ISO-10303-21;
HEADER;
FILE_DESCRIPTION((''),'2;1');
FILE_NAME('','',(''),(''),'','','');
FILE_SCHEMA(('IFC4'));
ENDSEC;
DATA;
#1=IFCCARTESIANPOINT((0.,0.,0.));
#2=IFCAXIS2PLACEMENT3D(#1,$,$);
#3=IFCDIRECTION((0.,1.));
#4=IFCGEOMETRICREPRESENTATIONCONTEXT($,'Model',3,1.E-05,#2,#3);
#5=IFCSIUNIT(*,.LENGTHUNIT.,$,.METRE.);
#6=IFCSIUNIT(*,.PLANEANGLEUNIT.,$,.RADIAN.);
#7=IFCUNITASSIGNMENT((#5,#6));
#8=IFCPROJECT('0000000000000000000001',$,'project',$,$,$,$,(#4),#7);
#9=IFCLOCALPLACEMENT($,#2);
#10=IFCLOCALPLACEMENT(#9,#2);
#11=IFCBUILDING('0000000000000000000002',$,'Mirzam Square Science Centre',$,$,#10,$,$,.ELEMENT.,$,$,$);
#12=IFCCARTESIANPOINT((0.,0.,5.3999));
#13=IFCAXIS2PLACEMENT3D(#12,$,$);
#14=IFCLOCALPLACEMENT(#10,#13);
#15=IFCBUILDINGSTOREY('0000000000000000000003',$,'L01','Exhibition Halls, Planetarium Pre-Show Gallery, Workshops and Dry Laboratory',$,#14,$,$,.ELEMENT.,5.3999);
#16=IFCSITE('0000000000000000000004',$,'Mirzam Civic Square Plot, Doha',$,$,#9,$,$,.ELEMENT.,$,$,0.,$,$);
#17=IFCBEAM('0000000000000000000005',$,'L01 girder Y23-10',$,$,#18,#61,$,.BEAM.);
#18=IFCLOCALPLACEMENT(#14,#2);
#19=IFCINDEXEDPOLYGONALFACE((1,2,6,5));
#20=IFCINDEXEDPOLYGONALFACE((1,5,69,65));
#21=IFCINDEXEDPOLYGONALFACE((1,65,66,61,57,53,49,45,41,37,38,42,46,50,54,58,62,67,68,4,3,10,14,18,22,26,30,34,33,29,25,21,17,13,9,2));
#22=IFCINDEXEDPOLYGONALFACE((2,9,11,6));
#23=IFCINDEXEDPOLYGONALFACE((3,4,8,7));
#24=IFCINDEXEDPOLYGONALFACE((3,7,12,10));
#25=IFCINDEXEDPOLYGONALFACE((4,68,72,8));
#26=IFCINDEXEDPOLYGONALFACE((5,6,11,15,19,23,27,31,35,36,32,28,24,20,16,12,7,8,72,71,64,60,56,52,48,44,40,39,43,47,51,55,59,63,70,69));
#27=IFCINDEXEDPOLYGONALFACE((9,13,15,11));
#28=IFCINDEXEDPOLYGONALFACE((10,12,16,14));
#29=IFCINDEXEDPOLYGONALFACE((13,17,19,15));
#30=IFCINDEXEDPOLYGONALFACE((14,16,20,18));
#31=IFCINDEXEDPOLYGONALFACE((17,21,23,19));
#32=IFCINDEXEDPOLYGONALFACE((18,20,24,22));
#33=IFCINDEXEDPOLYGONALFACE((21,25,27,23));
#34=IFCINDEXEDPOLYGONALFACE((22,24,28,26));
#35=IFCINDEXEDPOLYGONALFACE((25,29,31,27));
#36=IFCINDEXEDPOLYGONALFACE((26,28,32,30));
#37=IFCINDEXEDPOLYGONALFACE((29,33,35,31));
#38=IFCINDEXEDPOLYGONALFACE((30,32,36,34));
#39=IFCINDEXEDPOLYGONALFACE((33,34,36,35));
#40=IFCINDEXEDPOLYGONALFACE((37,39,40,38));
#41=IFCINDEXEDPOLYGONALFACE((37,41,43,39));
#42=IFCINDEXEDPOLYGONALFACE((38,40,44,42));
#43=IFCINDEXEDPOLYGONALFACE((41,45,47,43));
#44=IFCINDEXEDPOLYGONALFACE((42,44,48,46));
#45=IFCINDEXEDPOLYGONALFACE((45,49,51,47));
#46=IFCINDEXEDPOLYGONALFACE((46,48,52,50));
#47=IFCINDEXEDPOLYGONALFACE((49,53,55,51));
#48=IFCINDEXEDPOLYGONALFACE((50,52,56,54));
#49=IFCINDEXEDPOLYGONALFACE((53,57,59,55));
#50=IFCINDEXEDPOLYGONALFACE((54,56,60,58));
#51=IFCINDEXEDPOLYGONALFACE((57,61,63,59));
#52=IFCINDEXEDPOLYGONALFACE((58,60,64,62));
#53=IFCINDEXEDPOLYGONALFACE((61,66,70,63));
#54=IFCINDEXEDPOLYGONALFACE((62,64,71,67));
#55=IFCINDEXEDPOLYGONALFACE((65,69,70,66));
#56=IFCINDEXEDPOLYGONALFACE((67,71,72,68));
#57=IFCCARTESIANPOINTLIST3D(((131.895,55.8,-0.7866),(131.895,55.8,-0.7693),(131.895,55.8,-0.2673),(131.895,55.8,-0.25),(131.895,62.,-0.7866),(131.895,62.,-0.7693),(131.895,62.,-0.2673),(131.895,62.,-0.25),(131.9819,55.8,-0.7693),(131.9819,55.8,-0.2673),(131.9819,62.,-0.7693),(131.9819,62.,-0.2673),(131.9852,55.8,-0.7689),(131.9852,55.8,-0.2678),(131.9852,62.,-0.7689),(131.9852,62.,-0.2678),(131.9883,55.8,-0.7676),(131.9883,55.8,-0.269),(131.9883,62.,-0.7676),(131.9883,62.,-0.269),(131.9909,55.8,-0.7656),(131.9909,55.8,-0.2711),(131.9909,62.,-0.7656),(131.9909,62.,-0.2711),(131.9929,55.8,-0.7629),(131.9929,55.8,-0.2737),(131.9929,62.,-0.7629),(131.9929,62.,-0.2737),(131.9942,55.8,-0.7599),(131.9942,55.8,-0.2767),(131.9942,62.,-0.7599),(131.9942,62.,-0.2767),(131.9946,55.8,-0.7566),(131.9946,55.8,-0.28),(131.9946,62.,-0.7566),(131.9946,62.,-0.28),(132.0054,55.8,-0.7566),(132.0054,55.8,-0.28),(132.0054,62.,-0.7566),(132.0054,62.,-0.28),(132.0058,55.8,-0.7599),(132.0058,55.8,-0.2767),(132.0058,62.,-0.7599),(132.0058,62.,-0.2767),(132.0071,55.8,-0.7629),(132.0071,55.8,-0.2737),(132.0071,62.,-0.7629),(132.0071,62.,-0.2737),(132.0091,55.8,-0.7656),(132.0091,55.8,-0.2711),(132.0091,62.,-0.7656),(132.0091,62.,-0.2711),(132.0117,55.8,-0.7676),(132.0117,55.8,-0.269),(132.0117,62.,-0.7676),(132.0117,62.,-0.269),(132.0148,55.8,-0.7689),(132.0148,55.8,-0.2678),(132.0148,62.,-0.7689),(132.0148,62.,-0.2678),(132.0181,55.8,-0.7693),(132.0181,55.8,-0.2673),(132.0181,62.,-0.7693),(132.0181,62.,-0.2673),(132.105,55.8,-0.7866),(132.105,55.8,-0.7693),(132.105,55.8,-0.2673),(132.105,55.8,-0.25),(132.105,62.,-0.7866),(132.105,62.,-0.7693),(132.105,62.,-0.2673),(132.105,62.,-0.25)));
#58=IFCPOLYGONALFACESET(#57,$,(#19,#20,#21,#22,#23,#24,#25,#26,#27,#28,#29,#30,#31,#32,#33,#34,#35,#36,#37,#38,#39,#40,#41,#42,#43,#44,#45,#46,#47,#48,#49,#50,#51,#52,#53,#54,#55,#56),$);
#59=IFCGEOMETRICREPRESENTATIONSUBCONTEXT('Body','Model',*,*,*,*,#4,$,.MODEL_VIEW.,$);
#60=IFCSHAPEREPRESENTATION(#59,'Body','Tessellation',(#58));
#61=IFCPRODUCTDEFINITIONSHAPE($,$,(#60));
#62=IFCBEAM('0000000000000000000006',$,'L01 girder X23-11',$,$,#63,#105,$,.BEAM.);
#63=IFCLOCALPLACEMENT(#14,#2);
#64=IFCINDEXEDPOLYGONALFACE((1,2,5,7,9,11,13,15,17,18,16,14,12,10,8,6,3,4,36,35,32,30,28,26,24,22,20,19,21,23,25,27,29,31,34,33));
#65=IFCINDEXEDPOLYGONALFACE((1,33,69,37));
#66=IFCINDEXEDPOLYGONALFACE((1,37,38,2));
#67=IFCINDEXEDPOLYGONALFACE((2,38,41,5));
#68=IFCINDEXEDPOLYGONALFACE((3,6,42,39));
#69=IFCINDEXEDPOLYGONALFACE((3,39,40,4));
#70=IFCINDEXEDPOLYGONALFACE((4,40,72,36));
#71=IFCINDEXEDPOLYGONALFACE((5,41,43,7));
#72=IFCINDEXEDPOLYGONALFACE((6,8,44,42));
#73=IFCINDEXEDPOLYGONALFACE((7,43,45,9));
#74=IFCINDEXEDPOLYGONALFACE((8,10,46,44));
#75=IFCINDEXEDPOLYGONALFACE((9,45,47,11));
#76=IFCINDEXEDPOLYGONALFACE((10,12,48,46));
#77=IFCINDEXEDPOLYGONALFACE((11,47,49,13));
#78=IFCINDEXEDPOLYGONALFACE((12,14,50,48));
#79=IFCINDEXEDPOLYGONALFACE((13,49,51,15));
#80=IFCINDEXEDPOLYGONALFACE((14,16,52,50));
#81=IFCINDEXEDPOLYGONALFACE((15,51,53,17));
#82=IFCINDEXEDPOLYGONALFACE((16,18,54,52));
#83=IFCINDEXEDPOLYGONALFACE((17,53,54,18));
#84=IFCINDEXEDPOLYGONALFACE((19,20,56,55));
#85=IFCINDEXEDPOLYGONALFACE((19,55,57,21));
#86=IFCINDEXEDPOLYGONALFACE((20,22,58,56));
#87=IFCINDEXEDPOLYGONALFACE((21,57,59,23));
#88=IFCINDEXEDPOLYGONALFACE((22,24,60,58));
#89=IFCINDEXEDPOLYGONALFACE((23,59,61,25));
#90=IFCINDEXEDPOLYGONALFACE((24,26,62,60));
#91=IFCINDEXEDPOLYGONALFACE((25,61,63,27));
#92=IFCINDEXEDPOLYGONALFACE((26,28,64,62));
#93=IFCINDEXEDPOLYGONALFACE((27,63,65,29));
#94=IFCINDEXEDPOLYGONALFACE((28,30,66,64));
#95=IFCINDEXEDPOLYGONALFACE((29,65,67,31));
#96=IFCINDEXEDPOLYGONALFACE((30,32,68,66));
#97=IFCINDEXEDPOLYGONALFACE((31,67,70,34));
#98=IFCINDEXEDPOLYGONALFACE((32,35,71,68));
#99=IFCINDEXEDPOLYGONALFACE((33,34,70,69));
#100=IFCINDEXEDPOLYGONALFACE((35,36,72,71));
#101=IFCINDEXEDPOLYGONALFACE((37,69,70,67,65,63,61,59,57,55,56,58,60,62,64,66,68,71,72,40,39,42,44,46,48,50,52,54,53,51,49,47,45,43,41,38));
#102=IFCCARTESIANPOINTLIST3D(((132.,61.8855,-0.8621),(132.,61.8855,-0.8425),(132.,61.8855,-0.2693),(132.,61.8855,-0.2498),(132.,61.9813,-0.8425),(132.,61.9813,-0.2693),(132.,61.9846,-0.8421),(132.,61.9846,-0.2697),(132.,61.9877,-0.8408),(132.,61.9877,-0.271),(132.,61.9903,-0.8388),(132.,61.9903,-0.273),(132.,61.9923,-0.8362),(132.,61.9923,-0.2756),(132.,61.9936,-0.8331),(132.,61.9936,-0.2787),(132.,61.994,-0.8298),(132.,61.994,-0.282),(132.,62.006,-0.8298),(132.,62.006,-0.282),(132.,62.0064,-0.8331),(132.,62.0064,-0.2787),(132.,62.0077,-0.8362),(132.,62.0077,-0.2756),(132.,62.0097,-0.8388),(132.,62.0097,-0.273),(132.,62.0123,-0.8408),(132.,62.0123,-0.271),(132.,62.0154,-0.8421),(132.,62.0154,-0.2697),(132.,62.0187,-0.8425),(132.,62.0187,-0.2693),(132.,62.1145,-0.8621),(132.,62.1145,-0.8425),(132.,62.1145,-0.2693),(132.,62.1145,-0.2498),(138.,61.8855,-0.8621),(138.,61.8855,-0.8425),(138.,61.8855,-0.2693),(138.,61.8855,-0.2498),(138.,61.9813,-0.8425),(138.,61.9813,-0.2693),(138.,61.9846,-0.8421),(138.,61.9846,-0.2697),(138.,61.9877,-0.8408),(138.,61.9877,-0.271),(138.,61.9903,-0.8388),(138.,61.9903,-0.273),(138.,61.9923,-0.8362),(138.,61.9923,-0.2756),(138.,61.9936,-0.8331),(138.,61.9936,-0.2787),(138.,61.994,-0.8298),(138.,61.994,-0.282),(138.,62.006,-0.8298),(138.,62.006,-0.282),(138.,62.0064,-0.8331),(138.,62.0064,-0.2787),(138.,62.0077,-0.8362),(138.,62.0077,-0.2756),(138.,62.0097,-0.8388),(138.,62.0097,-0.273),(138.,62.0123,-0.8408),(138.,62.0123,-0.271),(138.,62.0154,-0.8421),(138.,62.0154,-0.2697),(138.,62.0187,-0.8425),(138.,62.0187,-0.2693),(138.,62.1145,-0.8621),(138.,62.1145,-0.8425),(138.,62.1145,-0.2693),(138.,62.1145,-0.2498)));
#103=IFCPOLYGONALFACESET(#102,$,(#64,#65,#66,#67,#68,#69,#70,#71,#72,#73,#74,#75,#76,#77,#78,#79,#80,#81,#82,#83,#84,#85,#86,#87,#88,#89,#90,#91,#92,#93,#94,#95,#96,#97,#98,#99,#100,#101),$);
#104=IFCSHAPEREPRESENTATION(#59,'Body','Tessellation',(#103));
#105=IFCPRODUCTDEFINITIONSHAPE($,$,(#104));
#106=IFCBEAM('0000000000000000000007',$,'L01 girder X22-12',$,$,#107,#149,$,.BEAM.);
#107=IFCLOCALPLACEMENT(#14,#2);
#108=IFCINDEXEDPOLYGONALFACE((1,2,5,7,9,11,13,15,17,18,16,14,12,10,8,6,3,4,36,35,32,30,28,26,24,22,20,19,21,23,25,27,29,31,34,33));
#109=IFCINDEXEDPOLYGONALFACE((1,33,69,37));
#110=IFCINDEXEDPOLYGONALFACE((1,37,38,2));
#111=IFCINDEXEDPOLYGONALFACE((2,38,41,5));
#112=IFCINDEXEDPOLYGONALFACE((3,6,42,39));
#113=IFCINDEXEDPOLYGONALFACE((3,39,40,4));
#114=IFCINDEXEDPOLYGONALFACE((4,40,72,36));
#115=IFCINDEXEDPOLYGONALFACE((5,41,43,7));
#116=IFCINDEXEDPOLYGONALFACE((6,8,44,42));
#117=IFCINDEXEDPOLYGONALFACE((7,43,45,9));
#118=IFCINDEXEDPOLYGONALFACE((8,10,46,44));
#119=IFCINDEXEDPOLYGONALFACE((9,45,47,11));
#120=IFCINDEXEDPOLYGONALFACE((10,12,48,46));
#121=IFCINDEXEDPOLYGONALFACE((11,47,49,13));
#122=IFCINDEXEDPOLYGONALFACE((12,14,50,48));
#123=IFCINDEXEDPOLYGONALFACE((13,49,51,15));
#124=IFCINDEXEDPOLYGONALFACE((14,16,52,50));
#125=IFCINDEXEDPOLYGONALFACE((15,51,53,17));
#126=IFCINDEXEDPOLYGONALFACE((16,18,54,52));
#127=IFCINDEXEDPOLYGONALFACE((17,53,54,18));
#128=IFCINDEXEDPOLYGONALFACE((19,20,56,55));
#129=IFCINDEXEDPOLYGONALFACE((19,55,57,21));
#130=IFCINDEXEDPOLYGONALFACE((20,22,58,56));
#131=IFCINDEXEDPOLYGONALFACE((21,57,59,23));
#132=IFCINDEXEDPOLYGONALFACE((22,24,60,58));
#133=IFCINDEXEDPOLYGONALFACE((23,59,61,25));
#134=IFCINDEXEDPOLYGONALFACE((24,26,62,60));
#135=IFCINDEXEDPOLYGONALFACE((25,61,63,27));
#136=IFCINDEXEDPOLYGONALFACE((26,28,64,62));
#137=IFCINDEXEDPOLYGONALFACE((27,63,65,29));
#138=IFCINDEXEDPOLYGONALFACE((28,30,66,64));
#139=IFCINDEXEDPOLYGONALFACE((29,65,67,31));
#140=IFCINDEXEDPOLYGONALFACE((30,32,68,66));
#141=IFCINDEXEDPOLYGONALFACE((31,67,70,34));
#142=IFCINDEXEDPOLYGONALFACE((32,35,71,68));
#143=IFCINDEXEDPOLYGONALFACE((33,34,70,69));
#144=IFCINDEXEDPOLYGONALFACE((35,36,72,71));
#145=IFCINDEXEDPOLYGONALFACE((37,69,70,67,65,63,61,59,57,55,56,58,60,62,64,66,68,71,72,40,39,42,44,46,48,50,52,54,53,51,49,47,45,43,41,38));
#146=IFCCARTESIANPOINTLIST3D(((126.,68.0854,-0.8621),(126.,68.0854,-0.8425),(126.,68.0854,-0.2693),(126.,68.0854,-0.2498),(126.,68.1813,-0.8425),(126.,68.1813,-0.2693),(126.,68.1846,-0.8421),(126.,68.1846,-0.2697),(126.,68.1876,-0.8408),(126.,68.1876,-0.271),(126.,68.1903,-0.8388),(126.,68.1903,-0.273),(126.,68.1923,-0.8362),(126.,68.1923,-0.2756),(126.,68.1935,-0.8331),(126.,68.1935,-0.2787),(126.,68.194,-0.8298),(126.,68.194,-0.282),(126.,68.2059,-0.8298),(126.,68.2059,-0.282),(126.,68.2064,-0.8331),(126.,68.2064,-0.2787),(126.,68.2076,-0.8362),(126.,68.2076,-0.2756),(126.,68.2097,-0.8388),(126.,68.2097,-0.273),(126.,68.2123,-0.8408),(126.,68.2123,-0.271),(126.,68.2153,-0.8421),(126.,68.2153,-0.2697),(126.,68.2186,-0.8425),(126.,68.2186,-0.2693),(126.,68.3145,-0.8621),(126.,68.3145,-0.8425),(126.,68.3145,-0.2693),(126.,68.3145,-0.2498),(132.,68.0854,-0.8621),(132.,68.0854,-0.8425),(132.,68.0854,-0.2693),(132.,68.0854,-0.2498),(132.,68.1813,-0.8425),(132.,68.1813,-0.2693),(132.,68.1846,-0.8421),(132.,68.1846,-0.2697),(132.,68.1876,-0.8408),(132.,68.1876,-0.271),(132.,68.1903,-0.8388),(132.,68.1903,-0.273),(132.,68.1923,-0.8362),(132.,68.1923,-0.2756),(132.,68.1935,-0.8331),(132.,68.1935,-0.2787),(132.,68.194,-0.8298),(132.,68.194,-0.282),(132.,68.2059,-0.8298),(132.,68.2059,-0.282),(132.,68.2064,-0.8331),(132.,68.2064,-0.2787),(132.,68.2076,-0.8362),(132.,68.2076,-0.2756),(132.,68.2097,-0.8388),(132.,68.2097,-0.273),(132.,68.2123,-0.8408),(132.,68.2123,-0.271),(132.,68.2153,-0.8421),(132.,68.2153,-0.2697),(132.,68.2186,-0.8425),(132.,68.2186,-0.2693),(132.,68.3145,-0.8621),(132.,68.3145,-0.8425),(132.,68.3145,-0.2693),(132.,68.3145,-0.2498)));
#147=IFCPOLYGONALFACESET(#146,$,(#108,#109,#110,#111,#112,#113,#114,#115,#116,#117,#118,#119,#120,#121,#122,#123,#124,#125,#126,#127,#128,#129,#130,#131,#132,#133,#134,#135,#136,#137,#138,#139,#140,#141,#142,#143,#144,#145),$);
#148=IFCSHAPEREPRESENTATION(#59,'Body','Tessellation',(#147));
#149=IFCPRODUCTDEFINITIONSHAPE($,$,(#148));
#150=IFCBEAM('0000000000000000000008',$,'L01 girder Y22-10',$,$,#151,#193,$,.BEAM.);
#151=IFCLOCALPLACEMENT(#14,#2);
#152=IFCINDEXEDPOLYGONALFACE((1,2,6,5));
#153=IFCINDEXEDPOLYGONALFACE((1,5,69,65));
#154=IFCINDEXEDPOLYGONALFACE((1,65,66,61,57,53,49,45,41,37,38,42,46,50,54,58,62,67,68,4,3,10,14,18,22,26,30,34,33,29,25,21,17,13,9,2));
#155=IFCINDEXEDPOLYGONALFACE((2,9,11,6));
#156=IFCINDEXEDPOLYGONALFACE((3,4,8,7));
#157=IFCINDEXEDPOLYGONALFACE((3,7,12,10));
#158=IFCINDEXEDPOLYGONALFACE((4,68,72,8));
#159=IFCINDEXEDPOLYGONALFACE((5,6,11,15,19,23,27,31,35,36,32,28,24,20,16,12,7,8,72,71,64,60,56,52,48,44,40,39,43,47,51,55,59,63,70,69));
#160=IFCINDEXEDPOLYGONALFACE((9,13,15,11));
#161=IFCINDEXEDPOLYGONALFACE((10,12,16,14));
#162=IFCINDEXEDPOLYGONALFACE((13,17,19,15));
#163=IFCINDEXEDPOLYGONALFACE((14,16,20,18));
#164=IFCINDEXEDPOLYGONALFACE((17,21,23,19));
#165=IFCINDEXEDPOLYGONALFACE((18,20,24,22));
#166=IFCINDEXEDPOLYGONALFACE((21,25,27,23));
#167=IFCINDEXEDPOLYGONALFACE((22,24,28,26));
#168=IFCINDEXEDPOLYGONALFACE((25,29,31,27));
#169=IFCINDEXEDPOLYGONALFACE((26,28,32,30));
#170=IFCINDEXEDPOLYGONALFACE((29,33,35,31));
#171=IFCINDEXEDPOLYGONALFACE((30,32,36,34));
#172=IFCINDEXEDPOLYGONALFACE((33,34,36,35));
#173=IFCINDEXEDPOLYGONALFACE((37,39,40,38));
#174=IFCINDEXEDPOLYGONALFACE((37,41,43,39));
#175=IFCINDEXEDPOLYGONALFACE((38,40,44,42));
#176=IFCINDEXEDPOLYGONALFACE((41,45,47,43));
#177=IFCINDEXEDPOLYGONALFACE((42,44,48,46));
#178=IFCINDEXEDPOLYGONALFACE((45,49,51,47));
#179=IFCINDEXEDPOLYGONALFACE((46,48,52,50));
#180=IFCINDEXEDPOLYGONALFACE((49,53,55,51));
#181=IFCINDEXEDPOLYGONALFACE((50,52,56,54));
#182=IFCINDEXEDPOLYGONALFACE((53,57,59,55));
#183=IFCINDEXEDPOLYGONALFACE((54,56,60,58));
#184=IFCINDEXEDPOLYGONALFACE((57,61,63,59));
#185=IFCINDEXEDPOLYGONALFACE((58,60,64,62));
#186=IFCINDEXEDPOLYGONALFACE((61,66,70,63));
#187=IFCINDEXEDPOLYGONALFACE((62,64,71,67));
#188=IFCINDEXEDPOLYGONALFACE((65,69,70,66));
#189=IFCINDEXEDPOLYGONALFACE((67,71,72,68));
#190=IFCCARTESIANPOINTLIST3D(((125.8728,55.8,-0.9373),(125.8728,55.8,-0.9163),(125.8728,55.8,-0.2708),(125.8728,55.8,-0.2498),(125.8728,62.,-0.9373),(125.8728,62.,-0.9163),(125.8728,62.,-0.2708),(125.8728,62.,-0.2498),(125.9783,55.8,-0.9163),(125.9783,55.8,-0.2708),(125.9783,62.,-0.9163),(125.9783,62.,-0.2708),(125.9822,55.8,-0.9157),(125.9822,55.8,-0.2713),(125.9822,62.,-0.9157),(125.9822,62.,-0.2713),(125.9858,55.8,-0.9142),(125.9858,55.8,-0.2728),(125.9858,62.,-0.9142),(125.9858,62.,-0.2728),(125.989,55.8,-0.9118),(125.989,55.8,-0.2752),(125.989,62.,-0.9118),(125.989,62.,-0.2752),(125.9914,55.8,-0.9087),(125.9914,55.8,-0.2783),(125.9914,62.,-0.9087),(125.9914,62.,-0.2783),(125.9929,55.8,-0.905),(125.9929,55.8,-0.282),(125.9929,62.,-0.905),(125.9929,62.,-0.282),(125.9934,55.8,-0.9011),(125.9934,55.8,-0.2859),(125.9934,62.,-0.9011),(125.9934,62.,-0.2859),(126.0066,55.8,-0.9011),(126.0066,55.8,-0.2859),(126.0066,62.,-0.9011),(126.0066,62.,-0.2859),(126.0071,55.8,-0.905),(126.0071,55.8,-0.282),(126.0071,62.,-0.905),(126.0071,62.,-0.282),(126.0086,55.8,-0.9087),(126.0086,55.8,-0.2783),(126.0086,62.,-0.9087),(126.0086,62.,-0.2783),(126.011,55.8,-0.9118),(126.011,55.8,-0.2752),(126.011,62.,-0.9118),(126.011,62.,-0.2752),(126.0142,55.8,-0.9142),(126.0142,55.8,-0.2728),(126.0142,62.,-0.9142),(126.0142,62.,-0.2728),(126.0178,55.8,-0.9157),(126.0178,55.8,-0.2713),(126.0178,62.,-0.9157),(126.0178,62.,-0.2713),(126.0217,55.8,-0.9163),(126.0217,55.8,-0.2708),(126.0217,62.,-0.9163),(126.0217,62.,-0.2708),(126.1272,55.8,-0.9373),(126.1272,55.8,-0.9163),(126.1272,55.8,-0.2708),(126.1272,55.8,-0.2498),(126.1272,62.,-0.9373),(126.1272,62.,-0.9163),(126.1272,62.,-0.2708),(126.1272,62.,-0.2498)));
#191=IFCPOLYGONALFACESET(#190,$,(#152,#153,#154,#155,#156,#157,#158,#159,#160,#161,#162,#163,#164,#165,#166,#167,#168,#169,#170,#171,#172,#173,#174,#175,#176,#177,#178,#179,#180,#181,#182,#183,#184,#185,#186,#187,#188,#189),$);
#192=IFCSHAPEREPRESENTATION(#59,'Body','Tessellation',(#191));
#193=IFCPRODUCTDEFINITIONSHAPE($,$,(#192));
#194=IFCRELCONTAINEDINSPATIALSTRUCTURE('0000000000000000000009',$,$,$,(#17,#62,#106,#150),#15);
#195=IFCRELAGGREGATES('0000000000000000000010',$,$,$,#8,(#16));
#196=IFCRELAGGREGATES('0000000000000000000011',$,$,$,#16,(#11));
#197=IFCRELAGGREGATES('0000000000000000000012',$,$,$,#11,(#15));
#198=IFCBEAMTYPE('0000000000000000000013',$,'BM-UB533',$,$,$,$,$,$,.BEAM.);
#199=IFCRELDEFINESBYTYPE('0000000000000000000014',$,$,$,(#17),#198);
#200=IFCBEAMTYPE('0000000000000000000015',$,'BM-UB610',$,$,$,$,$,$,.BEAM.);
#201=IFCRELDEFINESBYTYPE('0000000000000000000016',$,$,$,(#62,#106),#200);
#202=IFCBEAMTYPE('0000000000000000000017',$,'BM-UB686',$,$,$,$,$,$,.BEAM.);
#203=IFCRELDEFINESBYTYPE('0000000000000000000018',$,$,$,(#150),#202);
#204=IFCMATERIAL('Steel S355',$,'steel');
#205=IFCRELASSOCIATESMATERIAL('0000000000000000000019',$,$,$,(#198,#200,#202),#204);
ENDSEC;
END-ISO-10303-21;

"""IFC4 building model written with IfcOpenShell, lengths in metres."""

from ifc_helpers import new_model, si_unit, direction, frame, origin, origin_2d, place, context, subcontext, project, spatial, i_section, extrude, material, material_profile, profile_set, type_object, element, save


model = new_model("IFC4")

# Units and contexts
model_context = context("Model", 3, precision=1e-05, world=origin(), true_north=direction((0.0, 1.0)))
body_context = subcontext(model_context, "Body", "Model", "MODEL_VIEW")
ifc_project = project(units=[si_unit("LENGTHUNIT", "METRE"), si_unit("PLANEANGLEUNIT", "RADIAN")], contexts=[model_context])

# Site, building, storey
site_placement = place(None, origin())
site = spatial("IfcSite", under=ifc_project, at=site_placement, Name="Mirzam Civic Square Plot, Doha", CompositionType="ELEMENT", RefElevation=0.0)
building_placement = place(site_placement, origin())
building = spatial("IfcBuilding", under=site, at=building_placement, Name="Mirzam Square Science Centre", CompositionType="ELEMENT")
storey_placement = place(building_placement, frame((0.0, 0.0, 5.3999)))
storey = spatial("IfcBuildingStorey", under=building, at=storey_placement, Name="L01", Description="Exhibition Halls, Planetarium Pre-Show Gallery, Workshops and Dry Laboratory", CompositionType="ELEMENT", Elevation=5.3999)

# Shared definitions
ifc_material_1 = material(Name="Steel S355", Category="steel")

# Beams
ifc_material_profile_1 = material_profile(ifc_material_1, i_section(OverallWidth=0.21, OverallDepth=0.5366, WebThickness=0.0107, FlangeThickness=0.0173, FilletRadius=0.0127, at=origin_2d()), Name="533x210x101UB")
ifc_profile_set_1 = profile_set([ifc_material_profile_1], Name="Steel S355")
beam_type_1 = type_object("IfcBeamType", Name="BM-UB533", PredefinedType="BEAM", material=ifc_profile_set_1)
for number, where, z_axis, x_axis, name in (
    (1, (132.0, 55.8, -0.5183), (0.0, 1.0, 0.0), (-1.0, 0.0, 0.0), "L01 girder Y23-10"),
):
    element("IfcBeam", number, at=place(storey_placement, frame(where, z_axis=z_axis, x_axis=x_axis)), inside=storey, type_object=beam_type_1, Name=name, PredefinedType="BEAM", context=body_context, shape_type="SweptSolid", body=[
        extrude(i_section(OverallWidth=0.21, OverallDepth=0.5366, WebThickness=0.0107, FlangeThickness=0.0173, FilletRadius=0.0127, at=origin_2d()), origin(), (0.0, 0.0, 1.0), 6.2),
    ])
ifc_material_profile_2 = material_profile(ifc_material_1, i_section(OverallWidth=0.229, OverallDepth=0.6123, WebThickness=0.012, FlangeThickness=0.0195, FilletRadius=0.0127, at=origin_2d()), Name="610x229x125UB")
ifc_profile_set_2 = profile_set([ifc_material_profile_2], Name="Steel S355")
beam_type_2 = type_object("IfcBeamType", Name="BM-UB610", PredefinedType="BEAM", material=ifc_profile_set_2)
for number, where, z_axis, x_axis, name in (
    (2, (132.0, 62.0, -0.5559), (1.0, 0.0, 0.0), (0.0, 1.0, 0.0), "L01 girder X23-11"),
    (3, (126.0, 68.2, -0.5559), (1.0, 0.0, 0.0), (0.0, 1.0, 0.0), "L01 girder X22-12"),
):
    element("IfcBeam", number, at=place(storey_placement, frame(where, z_axis=z_axis, x_axis=x_axis)), inside=storey, type_object=beam_type_2, Name=name, PredefinedType="BEAM", context=body_context, shape_type="SweptSolid", body=[
        extrude(i_section(OverallWidth=0.229, OverallDepth=0.6123, WebThickness=0.012, FlangeThickness=0.0195, FilletRadius=0.0127, at=origin_2d()), origin(), (0.0, 0.0, 1.0), 6.0),
    ])
ifc_material_profile_3 = material_profile(ifc_material_1, i_section(OverallWidth=0.2544, OverallDepth=0.6875, WebThickness=0.0132, FlangeThickness=0.021, FilletRadius=0.0151, at=origin_2d()), Name="686x254x152UB")
ifc_profile_set_3 = profile_set([ifc_material_profile_3], Name="Steel S355")
beam_type_3 = type_object("IfcBeamType", Name="BM-UB686", PredefinedType="BEAM", material=ifc_profile_set_3)
for number, where, z_axis, x_axis, name in (
    (4, (126.0, 55.8, -0.5935), (0.0, 1.0, 0.0), (-1.0, 0.0, 0.0), "L01 girder Y22-10"),
):
    element("IfcBeam", number, at=place(storey_placement, frame(where, z_axis=z_axis, x_axis=x_axis)), inside=storey, type_object=beam_type_3, Name=name, PredefinedType="BEAM", context=body_context, shape_type="SweptSolid", body=[
        extrude(i_section(OverallWidth=0.2544, OverallDepth=0.6875, WebThickness=0.0132, FlangeThickness=0.021, FilletRadius=0.0151, at=origin_2d()), origin(), (0.0, 0.0, 1.0), 6.2),
    ])

save(model, "model.ifc")
